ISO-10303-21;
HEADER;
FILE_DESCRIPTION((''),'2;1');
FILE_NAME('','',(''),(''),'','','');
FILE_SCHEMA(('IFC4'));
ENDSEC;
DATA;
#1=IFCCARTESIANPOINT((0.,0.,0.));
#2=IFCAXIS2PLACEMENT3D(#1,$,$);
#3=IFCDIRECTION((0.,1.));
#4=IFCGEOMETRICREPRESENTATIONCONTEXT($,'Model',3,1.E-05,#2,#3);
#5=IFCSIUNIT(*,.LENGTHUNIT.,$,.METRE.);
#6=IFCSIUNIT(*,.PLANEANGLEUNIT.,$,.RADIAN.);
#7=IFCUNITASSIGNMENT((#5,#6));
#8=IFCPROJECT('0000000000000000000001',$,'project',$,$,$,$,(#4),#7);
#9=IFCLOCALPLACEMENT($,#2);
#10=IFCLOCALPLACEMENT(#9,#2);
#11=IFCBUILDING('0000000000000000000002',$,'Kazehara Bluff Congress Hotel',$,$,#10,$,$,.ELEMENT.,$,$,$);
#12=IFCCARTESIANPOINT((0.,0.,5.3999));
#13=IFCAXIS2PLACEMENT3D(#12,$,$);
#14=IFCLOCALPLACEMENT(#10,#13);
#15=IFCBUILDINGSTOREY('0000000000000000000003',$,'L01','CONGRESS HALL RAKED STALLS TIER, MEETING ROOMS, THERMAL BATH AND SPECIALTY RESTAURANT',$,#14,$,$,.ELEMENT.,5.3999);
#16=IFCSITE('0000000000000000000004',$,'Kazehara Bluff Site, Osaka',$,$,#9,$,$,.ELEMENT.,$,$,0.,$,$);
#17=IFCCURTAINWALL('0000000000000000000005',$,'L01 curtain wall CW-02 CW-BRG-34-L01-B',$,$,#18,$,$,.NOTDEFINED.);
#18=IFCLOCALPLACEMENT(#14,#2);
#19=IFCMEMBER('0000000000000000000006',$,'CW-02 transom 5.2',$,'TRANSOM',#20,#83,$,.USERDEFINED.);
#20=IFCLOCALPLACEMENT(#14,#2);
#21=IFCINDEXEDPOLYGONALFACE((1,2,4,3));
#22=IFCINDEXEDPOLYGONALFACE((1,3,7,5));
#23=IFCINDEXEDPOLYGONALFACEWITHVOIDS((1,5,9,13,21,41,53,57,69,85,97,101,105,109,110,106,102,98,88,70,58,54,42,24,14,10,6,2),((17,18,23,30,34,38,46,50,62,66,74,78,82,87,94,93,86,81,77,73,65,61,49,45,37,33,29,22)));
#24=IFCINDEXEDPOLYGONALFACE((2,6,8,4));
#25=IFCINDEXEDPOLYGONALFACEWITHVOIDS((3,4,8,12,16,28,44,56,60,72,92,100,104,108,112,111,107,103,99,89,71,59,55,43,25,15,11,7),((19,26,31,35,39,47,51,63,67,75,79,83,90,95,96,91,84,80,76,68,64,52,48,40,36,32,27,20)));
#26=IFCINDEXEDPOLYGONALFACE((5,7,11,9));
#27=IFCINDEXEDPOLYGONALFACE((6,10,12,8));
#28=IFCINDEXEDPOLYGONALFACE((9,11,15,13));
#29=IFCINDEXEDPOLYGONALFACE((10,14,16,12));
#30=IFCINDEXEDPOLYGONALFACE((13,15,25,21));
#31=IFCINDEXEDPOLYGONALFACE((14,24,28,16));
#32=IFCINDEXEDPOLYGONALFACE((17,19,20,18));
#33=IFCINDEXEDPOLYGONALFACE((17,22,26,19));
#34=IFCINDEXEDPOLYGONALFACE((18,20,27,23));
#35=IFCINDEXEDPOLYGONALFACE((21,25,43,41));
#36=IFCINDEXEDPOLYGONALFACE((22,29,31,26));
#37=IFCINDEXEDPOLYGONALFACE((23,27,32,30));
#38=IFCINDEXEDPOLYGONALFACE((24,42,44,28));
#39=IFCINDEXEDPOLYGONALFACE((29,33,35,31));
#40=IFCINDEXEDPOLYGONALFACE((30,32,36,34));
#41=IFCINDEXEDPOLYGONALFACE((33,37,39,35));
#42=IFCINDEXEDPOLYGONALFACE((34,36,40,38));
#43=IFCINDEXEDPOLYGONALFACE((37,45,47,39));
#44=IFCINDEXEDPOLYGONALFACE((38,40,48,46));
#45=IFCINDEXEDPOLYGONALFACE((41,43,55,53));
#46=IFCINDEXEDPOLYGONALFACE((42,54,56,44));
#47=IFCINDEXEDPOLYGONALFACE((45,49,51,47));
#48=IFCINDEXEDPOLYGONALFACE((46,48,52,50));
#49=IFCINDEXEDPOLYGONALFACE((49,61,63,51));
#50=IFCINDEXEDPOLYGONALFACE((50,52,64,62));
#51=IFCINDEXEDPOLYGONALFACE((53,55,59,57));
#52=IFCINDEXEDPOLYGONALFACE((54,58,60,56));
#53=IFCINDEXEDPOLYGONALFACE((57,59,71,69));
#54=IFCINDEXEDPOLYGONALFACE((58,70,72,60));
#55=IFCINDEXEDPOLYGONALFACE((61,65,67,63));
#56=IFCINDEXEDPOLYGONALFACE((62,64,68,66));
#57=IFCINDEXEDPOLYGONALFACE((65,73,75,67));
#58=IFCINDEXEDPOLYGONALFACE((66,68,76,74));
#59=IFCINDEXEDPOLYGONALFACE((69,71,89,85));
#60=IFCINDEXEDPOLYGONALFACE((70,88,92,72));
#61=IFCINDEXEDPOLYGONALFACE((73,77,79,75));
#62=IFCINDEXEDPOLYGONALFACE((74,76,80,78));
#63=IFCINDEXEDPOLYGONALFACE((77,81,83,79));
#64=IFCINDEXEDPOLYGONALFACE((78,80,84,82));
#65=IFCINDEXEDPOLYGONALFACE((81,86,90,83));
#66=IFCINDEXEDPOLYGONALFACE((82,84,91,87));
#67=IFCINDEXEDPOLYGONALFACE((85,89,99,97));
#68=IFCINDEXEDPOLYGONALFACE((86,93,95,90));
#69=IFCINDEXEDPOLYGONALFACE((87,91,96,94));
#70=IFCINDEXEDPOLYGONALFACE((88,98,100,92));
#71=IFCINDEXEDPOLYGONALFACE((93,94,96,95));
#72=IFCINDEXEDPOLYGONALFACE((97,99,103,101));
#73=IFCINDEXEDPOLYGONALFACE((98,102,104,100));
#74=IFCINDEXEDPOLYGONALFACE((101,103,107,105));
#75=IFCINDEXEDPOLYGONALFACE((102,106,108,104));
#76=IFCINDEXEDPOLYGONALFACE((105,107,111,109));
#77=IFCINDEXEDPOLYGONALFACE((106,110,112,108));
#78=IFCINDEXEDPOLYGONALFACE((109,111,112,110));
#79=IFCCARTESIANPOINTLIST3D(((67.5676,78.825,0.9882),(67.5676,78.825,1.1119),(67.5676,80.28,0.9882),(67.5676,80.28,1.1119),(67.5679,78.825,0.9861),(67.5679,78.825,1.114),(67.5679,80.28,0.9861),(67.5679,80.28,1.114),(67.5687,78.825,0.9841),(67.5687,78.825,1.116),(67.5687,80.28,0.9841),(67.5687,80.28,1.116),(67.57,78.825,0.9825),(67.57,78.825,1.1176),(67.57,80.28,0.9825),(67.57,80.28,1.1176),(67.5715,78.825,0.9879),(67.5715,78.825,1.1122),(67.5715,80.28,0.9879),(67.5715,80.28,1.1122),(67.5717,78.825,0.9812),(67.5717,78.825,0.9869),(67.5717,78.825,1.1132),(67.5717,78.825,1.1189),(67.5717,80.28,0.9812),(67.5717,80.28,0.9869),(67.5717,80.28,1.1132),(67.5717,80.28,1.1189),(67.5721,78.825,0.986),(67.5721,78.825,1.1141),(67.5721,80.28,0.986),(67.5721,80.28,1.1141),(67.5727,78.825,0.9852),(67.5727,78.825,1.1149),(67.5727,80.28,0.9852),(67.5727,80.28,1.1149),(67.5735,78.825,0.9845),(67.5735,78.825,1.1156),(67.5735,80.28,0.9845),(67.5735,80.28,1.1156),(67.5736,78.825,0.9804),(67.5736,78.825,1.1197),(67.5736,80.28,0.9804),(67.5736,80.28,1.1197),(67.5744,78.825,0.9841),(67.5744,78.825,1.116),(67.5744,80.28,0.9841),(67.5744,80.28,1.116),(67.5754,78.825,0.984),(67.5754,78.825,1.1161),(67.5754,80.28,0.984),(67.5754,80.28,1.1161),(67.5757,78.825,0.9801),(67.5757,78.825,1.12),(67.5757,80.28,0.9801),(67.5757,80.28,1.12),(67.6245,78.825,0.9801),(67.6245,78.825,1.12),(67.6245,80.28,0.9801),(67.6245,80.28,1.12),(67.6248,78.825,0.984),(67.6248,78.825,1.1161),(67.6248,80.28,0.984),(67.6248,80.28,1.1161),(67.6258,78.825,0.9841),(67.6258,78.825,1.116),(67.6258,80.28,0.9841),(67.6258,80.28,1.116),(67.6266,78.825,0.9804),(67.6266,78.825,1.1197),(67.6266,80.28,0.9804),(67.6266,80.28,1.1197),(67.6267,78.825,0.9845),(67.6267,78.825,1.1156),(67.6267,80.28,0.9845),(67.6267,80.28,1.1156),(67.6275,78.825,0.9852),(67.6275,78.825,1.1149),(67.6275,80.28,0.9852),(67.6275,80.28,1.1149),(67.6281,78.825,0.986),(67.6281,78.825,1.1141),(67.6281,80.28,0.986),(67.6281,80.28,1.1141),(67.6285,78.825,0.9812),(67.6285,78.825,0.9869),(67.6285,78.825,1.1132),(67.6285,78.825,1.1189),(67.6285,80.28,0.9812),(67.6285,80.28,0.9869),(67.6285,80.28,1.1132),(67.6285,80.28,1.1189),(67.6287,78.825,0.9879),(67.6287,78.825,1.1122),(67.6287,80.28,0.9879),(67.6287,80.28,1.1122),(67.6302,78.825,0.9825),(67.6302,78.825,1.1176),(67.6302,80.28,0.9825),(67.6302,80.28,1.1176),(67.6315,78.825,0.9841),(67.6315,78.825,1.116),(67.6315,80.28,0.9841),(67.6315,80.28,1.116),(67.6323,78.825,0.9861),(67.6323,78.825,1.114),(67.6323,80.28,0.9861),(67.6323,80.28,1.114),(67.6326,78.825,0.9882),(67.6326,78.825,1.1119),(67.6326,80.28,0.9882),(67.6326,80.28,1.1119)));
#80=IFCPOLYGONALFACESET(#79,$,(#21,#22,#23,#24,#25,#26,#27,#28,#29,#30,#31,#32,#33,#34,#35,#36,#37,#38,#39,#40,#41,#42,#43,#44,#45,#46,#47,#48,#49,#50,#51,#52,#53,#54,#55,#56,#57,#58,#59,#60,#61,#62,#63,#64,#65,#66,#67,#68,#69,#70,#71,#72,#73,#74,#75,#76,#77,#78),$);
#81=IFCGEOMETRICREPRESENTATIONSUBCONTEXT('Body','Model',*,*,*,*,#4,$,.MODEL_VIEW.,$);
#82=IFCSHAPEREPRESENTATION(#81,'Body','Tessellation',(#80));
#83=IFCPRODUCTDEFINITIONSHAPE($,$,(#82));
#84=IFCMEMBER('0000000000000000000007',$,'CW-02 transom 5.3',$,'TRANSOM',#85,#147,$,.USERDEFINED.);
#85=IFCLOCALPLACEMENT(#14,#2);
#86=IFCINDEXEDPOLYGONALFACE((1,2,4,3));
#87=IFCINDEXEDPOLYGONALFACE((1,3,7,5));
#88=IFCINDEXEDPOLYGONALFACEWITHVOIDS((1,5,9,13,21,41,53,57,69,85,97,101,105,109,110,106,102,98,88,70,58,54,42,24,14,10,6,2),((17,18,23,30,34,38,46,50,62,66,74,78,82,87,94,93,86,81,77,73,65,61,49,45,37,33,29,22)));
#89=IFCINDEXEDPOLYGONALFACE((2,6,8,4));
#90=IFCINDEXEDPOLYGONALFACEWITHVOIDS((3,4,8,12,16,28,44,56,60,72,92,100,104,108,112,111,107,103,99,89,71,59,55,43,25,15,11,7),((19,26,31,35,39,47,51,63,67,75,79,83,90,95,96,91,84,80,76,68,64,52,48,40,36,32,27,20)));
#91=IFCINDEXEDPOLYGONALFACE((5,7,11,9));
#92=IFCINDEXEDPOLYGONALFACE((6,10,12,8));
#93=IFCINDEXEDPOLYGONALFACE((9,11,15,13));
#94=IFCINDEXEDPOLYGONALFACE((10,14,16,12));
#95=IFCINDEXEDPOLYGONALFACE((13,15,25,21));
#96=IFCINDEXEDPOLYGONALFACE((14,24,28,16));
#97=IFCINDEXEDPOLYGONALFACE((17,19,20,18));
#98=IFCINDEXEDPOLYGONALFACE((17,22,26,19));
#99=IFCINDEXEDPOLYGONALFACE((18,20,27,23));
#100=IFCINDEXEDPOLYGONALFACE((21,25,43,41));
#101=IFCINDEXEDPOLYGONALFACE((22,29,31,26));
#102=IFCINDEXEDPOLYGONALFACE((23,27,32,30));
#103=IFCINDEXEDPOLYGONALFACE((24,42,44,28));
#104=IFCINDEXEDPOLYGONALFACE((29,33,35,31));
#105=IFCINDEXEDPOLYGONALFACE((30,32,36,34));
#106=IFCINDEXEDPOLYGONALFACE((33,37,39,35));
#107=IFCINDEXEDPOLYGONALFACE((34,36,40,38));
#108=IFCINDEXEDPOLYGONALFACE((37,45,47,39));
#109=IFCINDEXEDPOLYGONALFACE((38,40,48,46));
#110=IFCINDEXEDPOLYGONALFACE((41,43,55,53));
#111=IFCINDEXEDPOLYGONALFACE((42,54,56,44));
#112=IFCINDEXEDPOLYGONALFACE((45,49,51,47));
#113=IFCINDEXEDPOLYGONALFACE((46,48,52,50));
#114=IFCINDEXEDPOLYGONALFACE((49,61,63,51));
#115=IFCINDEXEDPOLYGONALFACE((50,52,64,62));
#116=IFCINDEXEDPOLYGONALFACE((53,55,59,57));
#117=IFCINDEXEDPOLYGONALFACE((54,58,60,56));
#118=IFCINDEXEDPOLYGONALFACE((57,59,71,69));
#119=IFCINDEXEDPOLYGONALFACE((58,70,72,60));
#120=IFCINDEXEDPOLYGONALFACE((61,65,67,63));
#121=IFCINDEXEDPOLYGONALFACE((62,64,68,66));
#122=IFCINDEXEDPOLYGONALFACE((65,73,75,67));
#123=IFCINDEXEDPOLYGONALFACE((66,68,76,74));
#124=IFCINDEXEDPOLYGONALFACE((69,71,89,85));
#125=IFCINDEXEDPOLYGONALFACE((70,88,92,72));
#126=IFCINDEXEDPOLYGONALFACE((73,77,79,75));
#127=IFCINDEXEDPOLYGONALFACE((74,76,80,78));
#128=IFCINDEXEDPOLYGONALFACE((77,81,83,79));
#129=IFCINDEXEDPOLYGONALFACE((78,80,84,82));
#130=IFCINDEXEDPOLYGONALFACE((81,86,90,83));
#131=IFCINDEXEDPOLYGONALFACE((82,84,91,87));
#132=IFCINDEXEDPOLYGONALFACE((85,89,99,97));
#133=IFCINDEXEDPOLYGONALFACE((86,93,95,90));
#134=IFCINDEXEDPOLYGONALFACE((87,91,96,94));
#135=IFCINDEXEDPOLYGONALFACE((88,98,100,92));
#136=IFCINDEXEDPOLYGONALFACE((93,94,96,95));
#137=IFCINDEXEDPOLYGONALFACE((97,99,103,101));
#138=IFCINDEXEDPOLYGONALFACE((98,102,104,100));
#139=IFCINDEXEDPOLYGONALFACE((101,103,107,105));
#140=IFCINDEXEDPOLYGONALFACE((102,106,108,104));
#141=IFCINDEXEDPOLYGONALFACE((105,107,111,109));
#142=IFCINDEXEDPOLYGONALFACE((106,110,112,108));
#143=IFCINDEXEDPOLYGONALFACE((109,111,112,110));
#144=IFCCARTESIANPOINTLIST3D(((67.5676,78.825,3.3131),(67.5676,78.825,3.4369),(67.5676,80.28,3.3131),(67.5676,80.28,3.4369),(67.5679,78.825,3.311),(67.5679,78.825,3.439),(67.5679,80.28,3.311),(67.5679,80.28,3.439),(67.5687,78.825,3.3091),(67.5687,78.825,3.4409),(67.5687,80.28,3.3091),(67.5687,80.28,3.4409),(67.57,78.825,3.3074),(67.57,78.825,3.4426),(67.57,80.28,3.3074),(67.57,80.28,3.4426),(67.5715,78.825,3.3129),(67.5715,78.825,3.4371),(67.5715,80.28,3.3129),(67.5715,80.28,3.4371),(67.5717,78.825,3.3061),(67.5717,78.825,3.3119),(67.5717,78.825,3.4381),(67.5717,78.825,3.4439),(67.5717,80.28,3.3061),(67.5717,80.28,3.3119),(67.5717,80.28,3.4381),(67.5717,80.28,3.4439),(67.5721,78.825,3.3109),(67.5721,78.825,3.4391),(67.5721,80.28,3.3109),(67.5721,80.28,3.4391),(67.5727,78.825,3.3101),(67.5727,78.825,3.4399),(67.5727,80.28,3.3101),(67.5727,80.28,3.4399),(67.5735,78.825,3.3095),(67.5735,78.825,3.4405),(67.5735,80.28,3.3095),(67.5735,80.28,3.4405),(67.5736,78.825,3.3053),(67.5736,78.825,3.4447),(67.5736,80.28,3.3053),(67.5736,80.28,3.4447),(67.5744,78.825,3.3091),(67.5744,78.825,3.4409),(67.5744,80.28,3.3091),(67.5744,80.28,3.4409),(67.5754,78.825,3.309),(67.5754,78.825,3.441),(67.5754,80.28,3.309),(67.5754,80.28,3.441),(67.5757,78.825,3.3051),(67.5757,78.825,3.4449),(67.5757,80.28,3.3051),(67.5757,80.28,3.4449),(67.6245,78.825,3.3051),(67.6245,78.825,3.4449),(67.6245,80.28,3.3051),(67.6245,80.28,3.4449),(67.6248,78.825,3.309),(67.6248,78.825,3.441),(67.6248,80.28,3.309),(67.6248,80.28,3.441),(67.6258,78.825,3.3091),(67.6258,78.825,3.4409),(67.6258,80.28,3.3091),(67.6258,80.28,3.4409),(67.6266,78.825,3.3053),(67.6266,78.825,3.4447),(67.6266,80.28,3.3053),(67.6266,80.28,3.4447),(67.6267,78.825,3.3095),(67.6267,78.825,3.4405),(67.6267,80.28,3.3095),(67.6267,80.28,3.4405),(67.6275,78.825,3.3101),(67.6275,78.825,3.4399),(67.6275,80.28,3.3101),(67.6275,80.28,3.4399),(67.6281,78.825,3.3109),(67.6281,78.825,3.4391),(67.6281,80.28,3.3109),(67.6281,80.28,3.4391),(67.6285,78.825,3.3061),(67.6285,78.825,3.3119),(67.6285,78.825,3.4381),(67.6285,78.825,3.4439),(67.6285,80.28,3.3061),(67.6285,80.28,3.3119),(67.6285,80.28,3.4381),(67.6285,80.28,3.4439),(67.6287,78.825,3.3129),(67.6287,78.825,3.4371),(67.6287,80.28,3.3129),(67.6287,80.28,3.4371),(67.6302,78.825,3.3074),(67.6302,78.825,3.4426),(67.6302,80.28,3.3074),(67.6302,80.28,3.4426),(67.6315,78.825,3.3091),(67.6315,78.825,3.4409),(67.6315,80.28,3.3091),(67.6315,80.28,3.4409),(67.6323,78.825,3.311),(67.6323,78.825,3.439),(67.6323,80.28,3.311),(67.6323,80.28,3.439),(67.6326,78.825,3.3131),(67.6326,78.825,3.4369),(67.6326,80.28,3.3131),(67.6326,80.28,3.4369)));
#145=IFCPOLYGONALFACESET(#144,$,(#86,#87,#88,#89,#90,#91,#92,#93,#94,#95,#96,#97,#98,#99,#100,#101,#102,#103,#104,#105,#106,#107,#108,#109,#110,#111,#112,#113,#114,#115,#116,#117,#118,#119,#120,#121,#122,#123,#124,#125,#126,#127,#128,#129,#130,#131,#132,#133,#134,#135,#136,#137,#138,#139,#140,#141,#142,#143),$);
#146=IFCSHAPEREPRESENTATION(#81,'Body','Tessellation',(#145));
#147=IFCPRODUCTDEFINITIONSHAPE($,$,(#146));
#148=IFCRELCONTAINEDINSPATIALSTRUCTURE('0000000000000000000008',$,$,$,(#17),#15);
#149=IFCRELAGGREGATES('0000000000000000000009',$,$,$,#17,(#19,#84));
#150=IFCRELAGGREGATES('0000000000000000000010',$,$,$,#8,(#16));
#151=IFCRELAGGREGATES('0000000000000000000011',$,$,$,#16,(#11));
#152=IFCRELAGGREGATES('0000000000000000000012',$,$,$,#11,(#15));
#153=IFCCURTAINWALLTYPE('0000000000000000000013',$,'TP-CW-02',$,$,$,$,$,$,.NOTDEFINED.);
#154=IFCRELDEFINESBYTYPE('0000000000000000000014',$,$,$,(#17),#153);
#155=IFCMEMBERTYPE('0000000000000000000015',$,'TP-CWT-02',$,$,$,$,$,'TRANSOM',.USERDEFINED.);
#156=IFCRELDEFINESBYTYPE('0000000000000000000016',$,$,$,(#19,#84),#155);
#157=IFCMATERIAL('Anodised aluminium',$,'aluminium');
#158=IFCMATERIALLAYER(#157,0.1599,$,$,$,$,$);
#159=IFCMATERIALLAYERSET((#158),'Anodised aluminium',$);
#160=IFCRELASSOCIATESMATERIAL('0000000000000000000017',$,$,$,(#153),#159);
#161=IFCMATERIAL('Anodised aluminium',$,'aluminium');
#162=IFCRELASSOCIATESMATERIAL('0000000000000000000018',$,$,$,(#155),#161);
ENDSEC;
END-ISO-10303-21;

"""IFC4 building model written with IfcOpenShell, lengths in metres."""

from ifc_helpers import new_model, si_unit, direction, frame, origin, origin_2d, place, context, subcontext, project, spatial, hollow_rectangle, extrude, material, layer, layer_set, material_profile, profile_set, type_object, element, aggregate, save


model = new_model("IFC4")

# Units and contexts
model_context = context("Model", 3, precision=1e-05, world=origin(), true_north=direction((0.0, 1.0)))
body_context = subcontext(model_context, "Body", "Model", "MODEL_VIEW")
ifc_project = project(units=[si_unit("LENGTHUNIT", "METRE"), si_unit("PLANEANGLEUNIT", "RADIAN")], contexts=[model_context])

# Site, building, storey
site_placement = place(None, origin())
site = spatial("IfcSite", under=ifc_project, at=site_placement, Name="Kazehara Bluff Site, Osaka", CompositionType="ELEMENT", RefElevation=0.0)
building_placement = place(site_placement, origin())
building = spatial("IfcBuilding", under=site, at=building_placement, Name="Kazehara Bluff Congress Hotel", CompositionType="ELEMENT")
storey_placement = place(building_placement, frame((0.0, 0.0, 5.3999)))
storey = spatial("IfcBuildingStorey", under=building, at=storey_placement, Name="L01", Description="CONGRESS HALL RAKED STALLS TIER, MEETING ROOMS, THERMAL BATH AND SPECIALTY RESTAURANT", CompositionType="ELEMENT", Elevation=5.3999)

# Curtain wall, members
ifc_material_1 = material(Name="Anodised aluminium", Category="aluminium")
ifc_layer_1 = layer(ifc_material_1, 0.1599)
ifc_layer_set_1 = layer_set([ifc_layer_1], Name="Anodised aluminium")
curtain_wall_type_1 = type_object("IfcCurtainWallType", Name="TP-CW-02", PredefinedType="NOTDEFINED", material=ifc_layer_set_1)
curtain_wall_1_placement = place(storey_placement, origin())
curtain_wall_1 = element("IfcCurtainWall", 1, at=curtain_wall_1_placement, inside=storey, type_object=curtain_wall_type_1, Name="L01 curtain wall CW-02 CW-BRG-34-L01-B", PredefinedType="NOTDEFINED")
ifc_material_2 = material(Name="Anodised aluminium", Category="aluminium")
ifc_material_profile_1 = material_profile(ifc_material_2, hollow_rectangle(XDim=0.0649, YDim=0.1399, WallThickness=0.0039, InnerFilletRadius=0.0039, OuterFilletRadius=0.0081, at=origin_2d()))
ifc_profile_set_1 = profile_set([ifc_material_profile_1], Name="Anodised aluminium")
member_type_1 = type_object("IfcMemberType", Name="TP-CWT-02", ElementType="TRANSOM", PredefinedType="USERDEFINED", material=ifc_profile_set_1)
member_1_placement = place(storey_placement, frame((67.6001, 78.825, 1.05), z_axis=(0.0, 1.0, 0.0), x_axis=(-1.0, 0.0, 0.0)))
member_1 = element("IfcMember", 2, at=member_1_placement, type_object=member_type_1, Name="CW-02 transom 5.2", ObjectType="TRANSOM", PredefinedType="USERDEFINED", context=body_context, shape_type="SweptSolid", body=[
    extrude(hollow_rectangle(XDim=0.0649, YDim=0.1399, WallThickness=0.0039, InnerFilletRadius=0.0039, OuterFilletRadius=0.0081, at=origin_2d()), origin(), (0.0, 0.0, 1.0), 1.4551),
])
member_2_placement = place(storey_placement, frame((67.6001, 78.825, 3.375), z_axis=(0.0, 1.0, 0.0), x_axis=(-1.0, 0.0, 0.0)))
member_2 = element("IfcMember", 3, at=member_2_placement, type_object=member_type_1, Name="CW-02 transom 5.3", ObjectType="TRANSOM", PredefinedType="USERDEFINED", context=body_context, shape_type="SweptSolid", body=[
    extrude(hollow_rectangle(XDim=0.0649, YDim=0.1399, WallThickness=0.0039, InnerFilletRadius=0.0039, OuterFilletRadius=0.0081, at=origin_2d()), origin(), (0.0, 0.0, 1.0), 1.4551),
])

aggregate(curtain_wall_1, [member_1, member_2])

save(model, "model.ifc")
